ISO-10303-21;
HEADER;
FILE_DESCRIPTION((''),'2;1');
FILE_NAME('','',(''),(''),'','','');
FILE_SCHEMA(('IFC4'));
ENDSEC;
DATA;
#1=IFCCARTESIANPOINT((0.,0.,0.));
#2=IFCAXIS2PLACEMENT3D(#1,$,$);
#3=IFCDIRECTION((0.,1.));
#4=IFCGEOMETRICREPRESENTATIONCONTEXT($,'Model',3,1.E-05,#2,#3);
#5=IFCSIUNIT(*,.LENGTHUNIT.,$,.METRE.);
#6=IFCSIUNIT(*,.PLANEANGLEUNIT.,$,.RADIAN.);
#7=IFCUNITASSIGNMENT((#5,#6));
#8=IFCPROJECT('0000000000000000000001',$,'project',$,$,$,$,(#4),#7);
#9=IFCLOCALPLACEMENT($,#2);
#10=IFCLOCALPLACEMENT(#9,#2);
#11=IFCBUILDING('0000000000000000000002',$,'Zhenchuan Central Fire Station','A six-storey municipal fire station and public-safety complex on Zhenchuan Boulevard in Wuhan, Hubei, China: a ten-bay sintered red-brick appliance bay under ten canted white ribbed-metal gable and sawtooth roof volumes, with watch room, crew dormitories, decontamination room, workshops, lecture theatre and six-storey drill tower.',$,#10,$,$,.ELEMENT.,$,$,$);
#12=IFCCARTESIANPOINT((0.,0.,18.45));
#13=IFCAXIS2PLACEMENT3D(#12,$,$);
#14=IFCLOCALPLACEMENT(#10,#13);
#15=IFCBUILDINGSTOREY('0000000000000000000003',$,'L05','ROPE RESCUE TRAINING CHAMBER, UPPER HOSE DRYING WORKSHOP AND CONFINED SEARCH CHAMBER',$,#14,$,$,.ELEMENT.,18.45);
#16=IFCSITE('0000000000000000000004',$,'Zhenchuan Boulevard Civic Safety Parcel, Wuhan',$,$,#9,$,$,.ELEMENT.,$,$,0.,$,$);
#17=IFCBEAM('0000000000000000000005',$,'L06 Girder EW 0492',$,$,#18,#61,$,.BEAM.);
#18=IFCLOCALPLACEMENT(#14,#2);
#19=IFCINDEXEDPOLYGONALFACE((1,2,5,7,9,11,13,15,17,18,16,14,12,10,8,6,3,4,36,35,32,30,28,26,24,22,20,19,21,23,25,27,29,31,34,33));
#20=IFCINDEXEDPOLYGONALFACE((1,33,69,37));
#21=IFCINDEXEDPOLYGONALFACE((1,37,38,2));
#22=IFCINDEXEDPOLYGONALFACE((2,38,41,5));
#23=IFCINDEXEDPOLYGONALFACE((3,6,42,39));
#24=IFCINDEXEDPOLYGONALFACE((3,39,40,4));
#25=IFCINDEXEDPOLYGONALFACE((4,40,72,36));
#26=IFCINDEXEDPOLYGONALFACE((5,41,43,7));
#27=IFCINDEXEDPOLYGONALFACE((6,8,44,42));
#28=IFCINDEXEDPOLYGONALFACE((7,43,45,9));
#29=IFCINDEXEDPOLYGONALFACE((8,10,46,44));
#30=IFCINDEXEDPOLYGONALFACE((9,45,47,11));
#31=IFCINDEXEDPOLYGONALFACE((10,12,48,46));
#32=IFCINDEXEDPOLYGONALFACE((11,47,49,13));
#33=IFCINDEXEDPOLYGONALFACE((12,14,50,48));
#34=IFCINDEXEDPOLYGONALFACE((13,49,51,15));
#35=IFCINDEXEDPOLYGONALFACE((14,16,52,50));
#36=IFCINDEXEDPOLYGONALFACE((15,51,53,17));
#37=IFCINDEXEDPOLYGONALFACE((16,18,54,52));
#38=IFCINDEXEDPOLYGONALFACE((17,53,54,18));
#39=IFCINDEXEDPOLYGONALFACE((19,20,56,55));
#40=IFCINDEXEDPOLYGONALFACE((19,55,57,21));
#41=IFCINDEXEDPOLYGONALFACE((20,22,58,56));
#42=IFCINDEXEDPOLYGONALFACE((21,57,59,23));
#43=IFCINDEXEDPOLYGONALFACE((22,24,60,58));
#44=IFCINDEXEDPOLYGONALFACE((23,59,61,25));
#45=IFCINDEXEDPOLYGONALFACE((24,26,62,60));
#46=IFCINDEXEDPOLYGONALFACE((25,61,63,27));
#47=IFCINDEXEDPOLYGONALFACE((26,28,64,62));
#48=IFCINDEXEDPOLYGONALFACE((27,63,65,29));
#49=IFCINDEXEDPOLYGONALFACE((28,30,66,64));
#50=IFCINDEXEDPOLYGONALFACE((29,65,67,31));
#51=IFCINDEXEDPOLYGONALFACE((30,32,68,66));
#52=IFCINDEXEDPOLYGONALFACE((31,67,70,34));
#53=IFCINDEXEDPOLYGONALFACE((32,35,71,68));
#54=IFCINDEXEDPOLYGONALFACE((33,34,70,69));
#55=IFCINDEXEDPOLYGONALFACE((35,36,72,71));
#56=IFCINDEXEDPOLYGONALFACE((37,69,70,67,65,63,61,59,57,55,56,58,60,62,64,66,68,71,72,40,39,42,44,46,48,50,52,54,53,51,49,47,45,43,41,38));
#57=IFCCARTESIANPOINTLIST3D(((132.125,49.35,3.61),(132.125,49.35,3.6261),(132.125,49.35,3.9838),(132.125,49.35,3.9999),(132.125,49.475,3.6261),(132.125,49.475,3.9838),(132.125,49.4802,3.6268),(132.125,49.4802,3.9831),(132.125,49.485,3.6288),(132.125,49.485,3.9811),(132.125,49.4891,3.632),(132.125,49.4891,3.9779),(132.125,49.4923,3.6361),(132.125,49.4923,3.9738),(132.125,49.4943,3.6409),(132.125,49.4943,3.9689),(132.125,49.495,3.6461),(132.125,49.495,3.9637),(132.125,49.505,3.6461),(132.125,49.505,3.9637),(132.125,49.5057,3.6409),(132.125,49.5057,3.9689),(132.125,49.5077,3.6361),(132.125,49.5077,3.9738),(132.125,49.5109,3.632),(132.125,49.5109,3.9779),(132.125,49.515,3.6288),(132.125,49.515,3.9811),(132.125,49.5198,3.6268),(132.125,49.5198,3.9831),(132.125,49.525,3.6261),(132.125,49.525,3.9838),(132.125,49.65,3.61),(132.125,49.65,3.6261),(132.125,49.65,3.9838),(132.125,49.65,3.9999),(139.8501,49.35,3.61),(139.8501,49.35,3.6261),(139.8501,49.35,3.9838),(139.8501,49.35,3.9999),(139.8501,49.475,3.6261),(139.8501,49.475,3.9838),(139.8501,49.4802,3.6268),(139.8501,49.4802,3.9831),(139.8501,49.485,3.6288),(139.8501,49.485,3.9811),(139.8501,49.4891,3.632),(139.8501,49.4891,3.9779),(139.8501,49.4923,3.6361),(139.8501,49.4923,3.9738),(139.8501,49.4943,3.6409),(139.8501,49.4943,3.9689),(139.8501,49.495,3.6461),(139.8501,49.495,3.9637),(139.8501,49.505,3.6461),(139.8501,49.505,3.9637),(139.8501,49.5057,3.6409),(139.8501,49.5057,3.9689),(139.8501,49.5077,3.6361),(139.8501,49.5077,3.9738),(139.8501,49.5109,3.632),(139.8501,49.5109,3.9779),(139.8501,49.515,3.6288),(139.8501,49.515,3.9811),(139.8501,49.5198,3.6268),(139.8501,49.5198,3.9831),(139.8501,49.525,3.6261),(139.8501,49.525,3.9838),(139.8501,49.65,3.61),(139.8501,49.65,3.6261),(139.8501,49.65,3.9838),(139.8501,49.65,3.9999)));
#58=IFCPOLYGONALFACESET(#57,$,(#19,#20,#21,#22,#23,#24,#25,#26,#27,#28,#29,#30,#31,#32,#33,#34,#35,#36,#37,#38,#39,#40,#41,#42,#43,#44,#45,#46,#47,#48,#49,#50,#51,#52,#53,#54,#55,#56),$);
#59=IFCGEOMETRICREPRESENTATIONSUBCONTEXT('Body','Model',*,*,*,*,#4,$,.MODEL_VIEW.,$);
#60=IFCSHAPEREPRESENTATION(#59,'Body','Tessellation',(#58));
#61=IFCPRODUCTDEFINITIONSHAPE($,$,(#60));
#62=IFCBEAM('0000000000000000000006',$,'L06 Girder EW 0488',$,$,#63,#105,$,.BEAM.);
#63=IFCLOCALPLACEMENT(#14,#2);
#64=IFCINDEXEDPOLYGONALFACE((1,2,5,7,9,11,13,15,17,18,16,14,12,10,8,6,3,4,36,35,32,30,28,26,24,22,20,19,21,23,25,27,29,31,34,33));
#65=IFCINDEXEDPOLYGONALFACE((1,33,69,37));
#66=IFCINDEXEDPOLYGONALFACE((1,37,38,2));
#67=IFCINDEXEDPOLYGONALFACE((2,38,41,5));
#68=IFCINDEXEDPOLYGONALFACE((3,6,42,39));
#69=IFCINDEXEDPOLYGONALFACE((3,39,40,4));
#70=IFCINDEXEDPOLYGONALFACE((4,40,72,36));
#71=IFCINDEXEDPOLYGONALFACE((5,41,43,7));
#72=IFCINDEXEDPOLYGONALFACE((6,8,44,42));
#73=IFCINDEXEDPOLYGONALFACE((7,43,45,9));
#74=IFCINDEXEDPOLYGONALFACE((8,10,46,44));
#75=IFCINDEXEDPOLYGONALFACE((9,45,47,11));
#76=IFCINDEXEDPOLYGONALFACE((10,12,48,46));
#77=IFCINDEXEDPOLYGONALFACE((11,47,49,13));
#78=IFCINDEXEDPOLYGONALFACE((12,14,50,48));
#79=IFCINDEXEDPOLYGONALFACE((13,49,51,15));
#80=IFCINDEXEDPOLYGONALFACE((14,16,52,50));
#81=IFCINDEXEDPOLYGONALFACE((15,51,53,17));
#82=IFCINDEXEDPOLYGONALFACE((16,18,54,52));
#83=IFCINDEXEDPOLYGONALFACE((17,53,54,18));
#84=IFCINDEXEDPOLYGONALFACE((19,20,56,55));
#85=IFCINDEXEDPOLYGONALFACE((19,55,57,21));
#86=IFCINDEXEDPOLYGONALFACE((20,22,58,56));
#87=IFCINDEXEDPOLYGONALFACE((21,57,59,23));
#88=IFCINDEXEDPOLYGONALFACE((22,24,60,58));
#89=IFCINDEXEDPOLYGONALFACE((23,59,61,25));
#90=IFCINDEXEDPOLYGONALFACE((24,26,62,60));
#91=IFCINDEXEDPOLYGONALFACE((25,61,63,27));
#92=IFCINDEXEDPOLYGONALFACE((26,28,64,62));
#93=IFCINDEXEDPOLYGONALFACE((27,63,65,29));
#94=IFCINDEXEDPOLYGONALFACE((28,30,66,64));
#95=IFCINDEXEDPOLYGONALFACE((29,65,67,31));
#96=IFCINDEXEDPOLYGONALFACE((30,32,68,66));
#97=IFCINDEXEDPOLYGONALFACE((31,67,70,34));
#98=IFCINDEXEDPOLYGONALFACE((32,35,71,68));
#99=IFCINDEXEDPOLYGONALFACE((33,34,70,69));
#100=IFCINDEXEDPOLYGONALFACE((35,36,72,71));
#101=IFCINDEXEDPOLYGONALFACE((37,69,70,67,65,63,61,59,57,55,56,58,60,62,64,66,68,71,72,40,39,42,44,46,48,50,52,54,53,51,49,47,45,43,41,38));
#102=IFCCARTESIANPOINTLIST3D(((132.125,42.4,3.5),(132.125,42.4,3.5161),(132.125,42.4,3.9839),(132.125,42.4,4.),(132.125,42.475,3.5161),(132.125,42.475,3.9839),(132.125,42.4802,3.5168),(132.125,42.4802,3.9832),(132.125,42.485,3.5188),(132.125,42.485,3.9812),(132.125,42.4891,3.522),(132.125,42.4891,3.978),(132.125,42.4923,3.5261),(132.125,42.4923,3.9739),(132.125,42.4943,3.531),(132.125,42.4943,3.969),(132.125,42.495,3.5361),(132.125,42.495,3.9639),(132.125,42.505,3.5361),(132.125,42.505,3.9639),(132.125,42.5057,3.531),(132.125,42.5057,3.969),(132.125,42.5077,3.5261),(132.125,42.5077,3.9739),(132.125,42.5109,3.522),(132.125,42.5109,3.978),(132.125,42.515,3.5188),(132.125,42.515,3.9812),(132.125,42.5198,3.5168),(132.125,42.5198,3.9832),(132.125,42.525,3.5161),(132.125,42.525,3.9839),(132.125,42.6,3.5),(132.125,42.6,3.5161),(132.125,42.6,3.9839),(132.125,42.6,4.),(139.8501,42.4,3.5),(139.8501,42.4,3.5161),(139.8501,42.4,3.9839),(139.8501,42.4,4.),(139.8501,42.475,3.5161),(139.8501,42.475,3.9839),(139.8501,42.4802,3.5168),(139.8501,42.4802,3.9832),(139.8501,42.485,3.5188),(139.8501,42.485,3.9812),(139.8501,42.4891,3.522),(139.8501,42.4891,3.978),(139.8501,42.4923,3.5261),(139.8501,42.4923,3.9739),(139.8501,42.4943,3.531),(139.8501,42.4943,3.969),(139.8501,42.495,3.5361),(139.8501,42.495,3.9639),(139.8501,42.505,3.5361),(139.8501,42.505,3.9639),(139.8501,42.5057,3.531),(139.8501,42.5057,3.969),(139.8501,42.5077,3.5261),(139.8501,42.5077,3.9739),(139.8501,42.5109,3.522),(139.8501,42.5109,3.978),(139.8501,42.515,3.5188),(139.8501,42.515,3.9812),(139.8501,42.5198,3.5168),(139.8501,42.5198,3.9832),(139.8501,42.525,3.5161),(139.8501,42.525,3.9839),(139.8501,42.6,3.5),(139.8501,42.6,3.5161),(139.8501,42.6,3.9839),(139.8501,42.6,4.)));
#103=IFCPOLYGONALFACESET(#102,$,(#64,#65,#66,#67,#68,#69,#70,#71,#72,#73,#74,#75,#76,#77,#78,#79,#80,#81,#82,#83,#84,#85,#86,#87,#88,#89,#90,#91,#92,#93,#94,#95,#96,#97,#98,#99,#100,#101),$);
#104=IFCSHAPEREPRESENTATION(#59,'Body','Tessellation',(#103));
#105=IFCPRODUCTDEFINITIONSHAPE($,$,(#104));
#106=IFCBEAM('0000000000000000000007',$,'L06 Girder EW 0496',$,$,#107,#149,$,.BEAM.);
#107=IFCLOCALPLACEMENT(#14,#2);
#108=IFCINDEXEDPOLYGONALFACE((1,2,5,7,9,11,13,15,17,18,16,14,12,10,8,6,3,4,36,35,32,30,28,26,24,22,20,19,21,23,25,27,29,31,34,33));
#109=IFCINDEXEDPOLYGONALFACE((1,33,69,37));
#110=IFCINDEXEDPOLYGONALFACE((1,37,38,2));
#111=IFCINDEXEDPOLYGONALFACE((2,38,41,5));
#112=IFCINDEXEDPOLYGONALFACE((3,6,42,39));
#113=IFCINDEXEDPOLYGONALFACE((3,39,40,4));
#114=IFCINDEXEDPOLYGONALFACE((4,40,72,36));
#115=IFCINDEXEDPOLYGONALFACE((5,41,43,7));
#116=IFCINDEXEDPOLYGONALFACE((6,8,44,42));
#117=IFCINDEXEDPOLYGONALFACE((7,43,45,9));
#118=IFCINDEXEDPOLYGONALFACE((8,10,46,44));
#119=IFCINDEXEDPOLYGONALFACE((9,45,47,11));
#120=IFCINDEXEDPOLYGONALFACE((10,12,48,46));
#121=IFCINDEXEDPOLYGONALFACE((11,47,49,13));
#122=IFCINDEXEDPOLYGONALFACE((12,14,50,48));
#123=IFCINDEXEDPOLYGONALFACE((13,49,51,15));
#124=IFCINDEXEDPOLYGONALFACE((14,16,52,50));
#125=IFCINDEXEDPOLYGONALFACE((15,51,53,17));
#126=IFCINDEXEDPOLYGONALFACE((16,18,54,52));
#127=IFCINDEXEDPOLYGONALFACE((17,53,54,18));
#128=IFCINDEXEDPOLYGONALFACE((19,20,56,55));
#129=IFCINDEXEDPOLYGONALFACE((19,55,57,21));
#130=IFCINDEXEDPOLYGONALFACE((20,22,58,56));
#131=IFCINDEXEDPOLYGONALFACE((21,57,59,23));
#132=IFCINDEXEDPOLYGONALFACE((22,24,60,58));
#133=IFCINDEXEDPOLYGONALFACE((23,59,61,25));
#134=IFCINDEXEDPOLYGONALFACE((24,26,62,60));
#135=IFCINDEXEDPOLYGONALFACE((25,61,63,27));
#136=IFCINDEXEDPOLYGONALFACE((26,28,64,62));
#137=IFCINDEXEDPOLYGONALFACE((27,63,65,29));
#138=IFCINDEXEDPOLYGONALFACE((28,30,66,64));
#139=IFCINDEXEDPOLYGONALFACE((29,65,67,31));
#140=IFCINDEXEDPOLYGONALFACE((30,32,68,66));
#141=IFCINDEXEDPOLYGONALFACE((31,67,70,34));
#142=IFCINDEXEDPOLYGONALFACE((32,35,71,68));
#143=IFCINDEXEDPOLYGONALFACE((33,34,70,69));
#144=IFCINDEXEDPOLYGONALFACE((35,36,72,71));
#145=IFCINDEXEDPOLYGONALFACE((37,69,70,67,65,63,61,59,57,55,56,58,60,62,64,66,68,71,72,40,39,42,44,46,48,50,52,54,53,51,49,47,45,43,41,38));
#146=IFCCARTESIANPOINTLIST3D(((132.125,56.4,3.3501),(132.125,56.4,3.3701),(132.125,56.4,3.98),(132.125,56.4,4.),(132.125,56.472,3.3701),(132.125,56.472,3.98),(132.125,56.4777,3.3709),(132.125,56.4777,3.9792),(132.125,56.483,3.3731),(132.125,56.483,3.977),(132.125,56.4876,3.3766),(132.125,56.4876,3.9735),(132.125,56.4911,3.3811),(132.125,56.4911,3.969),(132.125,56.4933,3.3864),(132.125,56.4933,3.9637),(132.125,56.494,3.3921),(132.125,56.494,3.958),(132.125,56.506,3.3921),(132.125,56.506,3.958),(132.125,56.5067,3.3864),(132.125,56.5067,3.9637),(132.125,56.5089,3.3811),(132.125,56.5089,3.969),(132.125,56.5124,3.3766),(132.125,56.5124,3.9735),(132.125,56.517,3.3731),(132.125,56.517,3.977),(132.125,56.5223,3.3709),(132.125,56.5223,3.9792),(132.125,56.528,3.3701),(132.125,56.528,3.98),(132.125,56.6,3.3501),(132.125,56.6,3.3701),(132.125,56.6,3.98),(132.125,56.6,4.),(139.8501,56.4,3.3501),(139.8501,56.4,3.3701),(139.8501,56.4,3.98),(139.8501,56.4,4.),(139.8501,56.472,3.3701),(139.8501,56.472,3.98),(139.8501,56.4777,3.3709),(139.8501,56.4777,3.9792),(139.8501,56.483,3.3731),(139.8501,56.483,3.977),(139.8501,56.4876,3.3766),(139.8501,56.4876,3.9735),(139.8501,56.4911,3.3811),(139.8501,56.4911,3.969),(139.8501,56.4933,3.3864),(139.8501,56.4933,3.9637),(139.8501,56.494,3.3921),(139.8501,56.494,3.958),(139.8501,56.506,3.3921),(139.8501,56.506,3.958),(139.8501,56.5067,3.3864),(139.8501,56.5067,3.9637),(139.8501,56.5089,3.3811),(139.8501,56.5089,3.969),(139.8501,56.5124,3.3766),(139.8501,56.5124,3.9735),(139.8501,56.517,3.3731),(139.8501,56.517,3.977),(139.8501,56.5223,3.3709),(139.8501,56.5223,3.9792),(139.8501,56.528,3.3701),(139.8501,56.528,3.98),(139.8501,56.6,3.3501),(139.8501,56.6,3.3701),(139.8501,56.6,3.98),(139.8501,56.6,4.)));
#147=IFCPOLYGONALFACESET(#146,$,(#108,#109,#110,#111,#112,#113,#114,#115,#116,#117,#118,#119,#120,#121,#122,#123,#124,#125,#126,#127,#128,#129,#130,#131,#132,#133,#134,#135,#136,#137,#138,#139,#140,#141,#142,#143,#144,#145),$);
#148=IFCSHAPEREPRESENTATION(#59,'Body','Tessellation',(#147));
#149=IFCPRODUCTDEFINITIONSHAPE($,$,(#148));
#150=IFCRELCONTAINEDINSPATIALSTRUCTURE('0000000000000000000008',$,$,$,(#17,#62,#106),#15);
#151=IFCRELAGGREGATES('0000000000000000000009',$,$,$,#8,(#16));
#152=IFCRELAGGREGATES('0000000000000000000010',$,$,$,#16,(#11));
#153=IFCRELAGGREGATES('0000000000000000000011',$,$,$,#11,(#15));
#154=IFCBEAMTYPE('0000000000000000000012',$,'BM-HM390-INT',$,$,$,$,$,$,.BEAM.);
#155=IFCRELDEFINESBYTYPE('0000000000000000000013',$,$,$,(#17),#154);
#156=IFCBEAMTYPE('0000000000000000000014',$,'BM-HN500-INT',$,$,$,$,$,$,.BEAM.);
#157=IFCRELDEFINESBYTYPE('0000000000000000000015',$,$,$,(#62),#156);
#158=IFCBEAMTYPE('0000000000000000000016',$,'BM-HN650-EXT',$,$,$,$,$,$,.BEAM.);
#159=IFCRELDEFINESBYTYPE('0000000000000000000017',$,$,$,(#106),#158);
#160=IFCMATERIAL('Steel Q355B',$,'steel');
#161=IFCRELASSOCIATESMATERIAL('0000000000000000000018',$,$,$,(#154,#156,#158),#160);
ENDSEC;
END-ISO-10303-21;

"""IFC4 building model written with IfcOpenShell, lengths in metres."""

from ifc_helpers import new_model, si_unit, direction, frame, origin, origin_2d, place, context, subcontext, project, spatial, i_section, extrude, material, material_profile, profile_set, type_object, element, save


model = new_model("IFC4")

# Units and contexts
model_context = context("Model", 3, precision=1e-05, world=origin(), true_north=direction((0.0, 1.0)))
body_context = subcontext(model_context, "Body", "Model", "MODEL_VIEW")
ifc_project = project(units=[si_unit("LENGTHUNIT", "METRE"), si_unit("PLANEANGLEUNIT", "RADIAN")], contexts=[model_context])

# Site, building, storey
site_placement = place(None, origin())
site = spatial("IfcSite", under=ifc_project, at=site_placement, Name="Zhenchuan Boulevard Civic Safety Parcel, Wuhan", CompositionType="ELEMENT", RefElevation=0.0)
building_placement = place(site_placement, origin())
building = spatial("IfcBuilding", under=site, at=building_placement, Name="Zhenchuan Central Fire Station", Description="A six-storey municipal fire station and public-safety complex on Zhenchuan Boulevard in Wuhan, Hubei, China: a ten-bay sintered red-brick appliance bay under ten canted white ribbed-metal gable and sawtooth roof volumes, with watch room, crew dormitories, decontamination room, workshops, lecture theatre and six-storey drill tower.", CompositionType="ELEMENT")
storey_placement = place(building_placement, frame((0.0, 0.0, 18.45)))
storey = spatial("IfcBuildingStorey", under=building, at=storey_placement, Name="L05", Description="ROPE RESCUE TRAINING CHAMBER, UPPER HOSE DRYING WORKSHOP AND CONFINED SEARCH CHAMBER", CompositionType="ELEMENT", Elevation=18.45)

# Beams
ifc_material_1 = material(Name="Steel Q355B", Category="steel")
ifc_material_profile_1 = material_profile(ifc_material_1, i_section(OverallWidth=0.3, OverallDepth=0.3899, WebThickness=0.01, FlangeThickness=0.0161, FilletRadius=0.02, at=origin_2d()), Name="HM 390x300")
ifc_profile_set_1 = profile_set([ifc_material_profile_1], Name="Steel Q355B")
beam_type_1 = type_object("IfcBeamType", Name="BM-HM390-INT", PredefinedType="BEAM", material=ifc_profile_set_1)
beam_1_placement = place(storey_placement, frame((132.125, 49.5, 3.8049), z_axis=(1.0, 0.0, 0.0), x_axis=(0.0, 1.0, 0.0)))
element("IfcBeam", 1, at=beam_1_placement, inside=storey, type_object=beam_type_1, Name="L06 Girder EW 0492", PredefinedType="BEAM", context=body_context, shape_type="SweptSolid", body=[
    extrude(i_section(OverallWidth=0.3, OverallDepth=0.3899, WebThickness=0.01, FlangeThickness=0.0161, FilletRadius=0.02, at=origin_2d()), origin(), (0.0, 0.0, 1.0), 7.7251),
])
ifc_material_profile_2 = material_profile(ifc_material_1, i_section(OverallWidth=0.2, OverallDepth=0.5, WebThickness=0.01, FlangeThickness=0.0161, FilletRadius=0.02, at=origin_2d()), Name="HN 500x200")
ifc_profile_set_2 = profile_set([ifc_material_profile_2], Name="Steel Q355B")
beam_type_2 = type_object("IfcBeamType", Name="BM-HN500-INT", PredefinedType="BEAM", material=ifc_profile_set_2)
beam_2_placement = place(storey_placement, frame((132.125, 42.5, 3.75), z_axis=(1.0, 0.0, 0.0), x_axis=(0.0, 1.0, 0.0)))
element("IfcBeam", 2, at=beam_2_placement, inside=storey, type_object=beam_type_2, Name="L06 Girder EW 0488", PredefinedType="BEAM", context=body_context, shape_type="SweptSolid", body=[
    extrude(i_section(OverallWidth=0.2, OverallDepth=0.5, WebThickness=0.01, FlangeThickness=0.0161, FilletRadius=0.02, at=origin_2d()), origin(), (0.0, 0.0, 1.0), 7.7251),
])
ifc_material_profile_3 = material_profile(ifc_material_1, i_section(OverallWidth=0.2, OverallDepth=0.6499, WebThickness=0.012, FlangeThickness=0.02, FilletRadius=0.022, at=origin_2d()), Name="HN 650x200")
ifc_profile_set_3 = profile_set([ifc_material_profile_3], Name="Steel Q355B")
beam_type_3 = type_object("IfcBeamType", Name="BM-HN650-EXT", PredefinedType="BEAM", material=ifc_profile_set_3)
beam_3_placement = place(storey_placement, frame((132.125, 56.5, 3.675), z_axis=(1.0, 0.0, 0.0), x_axis=(0.0, 1.0, 0.0)))
element("IfcBeam", 3, at=beam_3_placement, inside=storey, type_object=beam_type_3, Name="L06 Girder EW 0496", PredefinedType="BEAM", context=body_context, shape_type="SweptSolid", body=[
    extrude(i_section(OverallWidth=0.2, OverallDepth=0.6499, WebThickness=0.012, FlangeThickness=0.02, FilletRadius=0.022, at=origin_2d()), origin(), (0.0, 0.0, 1.0), 7.7251),
])

save(model, "model.ifc")
